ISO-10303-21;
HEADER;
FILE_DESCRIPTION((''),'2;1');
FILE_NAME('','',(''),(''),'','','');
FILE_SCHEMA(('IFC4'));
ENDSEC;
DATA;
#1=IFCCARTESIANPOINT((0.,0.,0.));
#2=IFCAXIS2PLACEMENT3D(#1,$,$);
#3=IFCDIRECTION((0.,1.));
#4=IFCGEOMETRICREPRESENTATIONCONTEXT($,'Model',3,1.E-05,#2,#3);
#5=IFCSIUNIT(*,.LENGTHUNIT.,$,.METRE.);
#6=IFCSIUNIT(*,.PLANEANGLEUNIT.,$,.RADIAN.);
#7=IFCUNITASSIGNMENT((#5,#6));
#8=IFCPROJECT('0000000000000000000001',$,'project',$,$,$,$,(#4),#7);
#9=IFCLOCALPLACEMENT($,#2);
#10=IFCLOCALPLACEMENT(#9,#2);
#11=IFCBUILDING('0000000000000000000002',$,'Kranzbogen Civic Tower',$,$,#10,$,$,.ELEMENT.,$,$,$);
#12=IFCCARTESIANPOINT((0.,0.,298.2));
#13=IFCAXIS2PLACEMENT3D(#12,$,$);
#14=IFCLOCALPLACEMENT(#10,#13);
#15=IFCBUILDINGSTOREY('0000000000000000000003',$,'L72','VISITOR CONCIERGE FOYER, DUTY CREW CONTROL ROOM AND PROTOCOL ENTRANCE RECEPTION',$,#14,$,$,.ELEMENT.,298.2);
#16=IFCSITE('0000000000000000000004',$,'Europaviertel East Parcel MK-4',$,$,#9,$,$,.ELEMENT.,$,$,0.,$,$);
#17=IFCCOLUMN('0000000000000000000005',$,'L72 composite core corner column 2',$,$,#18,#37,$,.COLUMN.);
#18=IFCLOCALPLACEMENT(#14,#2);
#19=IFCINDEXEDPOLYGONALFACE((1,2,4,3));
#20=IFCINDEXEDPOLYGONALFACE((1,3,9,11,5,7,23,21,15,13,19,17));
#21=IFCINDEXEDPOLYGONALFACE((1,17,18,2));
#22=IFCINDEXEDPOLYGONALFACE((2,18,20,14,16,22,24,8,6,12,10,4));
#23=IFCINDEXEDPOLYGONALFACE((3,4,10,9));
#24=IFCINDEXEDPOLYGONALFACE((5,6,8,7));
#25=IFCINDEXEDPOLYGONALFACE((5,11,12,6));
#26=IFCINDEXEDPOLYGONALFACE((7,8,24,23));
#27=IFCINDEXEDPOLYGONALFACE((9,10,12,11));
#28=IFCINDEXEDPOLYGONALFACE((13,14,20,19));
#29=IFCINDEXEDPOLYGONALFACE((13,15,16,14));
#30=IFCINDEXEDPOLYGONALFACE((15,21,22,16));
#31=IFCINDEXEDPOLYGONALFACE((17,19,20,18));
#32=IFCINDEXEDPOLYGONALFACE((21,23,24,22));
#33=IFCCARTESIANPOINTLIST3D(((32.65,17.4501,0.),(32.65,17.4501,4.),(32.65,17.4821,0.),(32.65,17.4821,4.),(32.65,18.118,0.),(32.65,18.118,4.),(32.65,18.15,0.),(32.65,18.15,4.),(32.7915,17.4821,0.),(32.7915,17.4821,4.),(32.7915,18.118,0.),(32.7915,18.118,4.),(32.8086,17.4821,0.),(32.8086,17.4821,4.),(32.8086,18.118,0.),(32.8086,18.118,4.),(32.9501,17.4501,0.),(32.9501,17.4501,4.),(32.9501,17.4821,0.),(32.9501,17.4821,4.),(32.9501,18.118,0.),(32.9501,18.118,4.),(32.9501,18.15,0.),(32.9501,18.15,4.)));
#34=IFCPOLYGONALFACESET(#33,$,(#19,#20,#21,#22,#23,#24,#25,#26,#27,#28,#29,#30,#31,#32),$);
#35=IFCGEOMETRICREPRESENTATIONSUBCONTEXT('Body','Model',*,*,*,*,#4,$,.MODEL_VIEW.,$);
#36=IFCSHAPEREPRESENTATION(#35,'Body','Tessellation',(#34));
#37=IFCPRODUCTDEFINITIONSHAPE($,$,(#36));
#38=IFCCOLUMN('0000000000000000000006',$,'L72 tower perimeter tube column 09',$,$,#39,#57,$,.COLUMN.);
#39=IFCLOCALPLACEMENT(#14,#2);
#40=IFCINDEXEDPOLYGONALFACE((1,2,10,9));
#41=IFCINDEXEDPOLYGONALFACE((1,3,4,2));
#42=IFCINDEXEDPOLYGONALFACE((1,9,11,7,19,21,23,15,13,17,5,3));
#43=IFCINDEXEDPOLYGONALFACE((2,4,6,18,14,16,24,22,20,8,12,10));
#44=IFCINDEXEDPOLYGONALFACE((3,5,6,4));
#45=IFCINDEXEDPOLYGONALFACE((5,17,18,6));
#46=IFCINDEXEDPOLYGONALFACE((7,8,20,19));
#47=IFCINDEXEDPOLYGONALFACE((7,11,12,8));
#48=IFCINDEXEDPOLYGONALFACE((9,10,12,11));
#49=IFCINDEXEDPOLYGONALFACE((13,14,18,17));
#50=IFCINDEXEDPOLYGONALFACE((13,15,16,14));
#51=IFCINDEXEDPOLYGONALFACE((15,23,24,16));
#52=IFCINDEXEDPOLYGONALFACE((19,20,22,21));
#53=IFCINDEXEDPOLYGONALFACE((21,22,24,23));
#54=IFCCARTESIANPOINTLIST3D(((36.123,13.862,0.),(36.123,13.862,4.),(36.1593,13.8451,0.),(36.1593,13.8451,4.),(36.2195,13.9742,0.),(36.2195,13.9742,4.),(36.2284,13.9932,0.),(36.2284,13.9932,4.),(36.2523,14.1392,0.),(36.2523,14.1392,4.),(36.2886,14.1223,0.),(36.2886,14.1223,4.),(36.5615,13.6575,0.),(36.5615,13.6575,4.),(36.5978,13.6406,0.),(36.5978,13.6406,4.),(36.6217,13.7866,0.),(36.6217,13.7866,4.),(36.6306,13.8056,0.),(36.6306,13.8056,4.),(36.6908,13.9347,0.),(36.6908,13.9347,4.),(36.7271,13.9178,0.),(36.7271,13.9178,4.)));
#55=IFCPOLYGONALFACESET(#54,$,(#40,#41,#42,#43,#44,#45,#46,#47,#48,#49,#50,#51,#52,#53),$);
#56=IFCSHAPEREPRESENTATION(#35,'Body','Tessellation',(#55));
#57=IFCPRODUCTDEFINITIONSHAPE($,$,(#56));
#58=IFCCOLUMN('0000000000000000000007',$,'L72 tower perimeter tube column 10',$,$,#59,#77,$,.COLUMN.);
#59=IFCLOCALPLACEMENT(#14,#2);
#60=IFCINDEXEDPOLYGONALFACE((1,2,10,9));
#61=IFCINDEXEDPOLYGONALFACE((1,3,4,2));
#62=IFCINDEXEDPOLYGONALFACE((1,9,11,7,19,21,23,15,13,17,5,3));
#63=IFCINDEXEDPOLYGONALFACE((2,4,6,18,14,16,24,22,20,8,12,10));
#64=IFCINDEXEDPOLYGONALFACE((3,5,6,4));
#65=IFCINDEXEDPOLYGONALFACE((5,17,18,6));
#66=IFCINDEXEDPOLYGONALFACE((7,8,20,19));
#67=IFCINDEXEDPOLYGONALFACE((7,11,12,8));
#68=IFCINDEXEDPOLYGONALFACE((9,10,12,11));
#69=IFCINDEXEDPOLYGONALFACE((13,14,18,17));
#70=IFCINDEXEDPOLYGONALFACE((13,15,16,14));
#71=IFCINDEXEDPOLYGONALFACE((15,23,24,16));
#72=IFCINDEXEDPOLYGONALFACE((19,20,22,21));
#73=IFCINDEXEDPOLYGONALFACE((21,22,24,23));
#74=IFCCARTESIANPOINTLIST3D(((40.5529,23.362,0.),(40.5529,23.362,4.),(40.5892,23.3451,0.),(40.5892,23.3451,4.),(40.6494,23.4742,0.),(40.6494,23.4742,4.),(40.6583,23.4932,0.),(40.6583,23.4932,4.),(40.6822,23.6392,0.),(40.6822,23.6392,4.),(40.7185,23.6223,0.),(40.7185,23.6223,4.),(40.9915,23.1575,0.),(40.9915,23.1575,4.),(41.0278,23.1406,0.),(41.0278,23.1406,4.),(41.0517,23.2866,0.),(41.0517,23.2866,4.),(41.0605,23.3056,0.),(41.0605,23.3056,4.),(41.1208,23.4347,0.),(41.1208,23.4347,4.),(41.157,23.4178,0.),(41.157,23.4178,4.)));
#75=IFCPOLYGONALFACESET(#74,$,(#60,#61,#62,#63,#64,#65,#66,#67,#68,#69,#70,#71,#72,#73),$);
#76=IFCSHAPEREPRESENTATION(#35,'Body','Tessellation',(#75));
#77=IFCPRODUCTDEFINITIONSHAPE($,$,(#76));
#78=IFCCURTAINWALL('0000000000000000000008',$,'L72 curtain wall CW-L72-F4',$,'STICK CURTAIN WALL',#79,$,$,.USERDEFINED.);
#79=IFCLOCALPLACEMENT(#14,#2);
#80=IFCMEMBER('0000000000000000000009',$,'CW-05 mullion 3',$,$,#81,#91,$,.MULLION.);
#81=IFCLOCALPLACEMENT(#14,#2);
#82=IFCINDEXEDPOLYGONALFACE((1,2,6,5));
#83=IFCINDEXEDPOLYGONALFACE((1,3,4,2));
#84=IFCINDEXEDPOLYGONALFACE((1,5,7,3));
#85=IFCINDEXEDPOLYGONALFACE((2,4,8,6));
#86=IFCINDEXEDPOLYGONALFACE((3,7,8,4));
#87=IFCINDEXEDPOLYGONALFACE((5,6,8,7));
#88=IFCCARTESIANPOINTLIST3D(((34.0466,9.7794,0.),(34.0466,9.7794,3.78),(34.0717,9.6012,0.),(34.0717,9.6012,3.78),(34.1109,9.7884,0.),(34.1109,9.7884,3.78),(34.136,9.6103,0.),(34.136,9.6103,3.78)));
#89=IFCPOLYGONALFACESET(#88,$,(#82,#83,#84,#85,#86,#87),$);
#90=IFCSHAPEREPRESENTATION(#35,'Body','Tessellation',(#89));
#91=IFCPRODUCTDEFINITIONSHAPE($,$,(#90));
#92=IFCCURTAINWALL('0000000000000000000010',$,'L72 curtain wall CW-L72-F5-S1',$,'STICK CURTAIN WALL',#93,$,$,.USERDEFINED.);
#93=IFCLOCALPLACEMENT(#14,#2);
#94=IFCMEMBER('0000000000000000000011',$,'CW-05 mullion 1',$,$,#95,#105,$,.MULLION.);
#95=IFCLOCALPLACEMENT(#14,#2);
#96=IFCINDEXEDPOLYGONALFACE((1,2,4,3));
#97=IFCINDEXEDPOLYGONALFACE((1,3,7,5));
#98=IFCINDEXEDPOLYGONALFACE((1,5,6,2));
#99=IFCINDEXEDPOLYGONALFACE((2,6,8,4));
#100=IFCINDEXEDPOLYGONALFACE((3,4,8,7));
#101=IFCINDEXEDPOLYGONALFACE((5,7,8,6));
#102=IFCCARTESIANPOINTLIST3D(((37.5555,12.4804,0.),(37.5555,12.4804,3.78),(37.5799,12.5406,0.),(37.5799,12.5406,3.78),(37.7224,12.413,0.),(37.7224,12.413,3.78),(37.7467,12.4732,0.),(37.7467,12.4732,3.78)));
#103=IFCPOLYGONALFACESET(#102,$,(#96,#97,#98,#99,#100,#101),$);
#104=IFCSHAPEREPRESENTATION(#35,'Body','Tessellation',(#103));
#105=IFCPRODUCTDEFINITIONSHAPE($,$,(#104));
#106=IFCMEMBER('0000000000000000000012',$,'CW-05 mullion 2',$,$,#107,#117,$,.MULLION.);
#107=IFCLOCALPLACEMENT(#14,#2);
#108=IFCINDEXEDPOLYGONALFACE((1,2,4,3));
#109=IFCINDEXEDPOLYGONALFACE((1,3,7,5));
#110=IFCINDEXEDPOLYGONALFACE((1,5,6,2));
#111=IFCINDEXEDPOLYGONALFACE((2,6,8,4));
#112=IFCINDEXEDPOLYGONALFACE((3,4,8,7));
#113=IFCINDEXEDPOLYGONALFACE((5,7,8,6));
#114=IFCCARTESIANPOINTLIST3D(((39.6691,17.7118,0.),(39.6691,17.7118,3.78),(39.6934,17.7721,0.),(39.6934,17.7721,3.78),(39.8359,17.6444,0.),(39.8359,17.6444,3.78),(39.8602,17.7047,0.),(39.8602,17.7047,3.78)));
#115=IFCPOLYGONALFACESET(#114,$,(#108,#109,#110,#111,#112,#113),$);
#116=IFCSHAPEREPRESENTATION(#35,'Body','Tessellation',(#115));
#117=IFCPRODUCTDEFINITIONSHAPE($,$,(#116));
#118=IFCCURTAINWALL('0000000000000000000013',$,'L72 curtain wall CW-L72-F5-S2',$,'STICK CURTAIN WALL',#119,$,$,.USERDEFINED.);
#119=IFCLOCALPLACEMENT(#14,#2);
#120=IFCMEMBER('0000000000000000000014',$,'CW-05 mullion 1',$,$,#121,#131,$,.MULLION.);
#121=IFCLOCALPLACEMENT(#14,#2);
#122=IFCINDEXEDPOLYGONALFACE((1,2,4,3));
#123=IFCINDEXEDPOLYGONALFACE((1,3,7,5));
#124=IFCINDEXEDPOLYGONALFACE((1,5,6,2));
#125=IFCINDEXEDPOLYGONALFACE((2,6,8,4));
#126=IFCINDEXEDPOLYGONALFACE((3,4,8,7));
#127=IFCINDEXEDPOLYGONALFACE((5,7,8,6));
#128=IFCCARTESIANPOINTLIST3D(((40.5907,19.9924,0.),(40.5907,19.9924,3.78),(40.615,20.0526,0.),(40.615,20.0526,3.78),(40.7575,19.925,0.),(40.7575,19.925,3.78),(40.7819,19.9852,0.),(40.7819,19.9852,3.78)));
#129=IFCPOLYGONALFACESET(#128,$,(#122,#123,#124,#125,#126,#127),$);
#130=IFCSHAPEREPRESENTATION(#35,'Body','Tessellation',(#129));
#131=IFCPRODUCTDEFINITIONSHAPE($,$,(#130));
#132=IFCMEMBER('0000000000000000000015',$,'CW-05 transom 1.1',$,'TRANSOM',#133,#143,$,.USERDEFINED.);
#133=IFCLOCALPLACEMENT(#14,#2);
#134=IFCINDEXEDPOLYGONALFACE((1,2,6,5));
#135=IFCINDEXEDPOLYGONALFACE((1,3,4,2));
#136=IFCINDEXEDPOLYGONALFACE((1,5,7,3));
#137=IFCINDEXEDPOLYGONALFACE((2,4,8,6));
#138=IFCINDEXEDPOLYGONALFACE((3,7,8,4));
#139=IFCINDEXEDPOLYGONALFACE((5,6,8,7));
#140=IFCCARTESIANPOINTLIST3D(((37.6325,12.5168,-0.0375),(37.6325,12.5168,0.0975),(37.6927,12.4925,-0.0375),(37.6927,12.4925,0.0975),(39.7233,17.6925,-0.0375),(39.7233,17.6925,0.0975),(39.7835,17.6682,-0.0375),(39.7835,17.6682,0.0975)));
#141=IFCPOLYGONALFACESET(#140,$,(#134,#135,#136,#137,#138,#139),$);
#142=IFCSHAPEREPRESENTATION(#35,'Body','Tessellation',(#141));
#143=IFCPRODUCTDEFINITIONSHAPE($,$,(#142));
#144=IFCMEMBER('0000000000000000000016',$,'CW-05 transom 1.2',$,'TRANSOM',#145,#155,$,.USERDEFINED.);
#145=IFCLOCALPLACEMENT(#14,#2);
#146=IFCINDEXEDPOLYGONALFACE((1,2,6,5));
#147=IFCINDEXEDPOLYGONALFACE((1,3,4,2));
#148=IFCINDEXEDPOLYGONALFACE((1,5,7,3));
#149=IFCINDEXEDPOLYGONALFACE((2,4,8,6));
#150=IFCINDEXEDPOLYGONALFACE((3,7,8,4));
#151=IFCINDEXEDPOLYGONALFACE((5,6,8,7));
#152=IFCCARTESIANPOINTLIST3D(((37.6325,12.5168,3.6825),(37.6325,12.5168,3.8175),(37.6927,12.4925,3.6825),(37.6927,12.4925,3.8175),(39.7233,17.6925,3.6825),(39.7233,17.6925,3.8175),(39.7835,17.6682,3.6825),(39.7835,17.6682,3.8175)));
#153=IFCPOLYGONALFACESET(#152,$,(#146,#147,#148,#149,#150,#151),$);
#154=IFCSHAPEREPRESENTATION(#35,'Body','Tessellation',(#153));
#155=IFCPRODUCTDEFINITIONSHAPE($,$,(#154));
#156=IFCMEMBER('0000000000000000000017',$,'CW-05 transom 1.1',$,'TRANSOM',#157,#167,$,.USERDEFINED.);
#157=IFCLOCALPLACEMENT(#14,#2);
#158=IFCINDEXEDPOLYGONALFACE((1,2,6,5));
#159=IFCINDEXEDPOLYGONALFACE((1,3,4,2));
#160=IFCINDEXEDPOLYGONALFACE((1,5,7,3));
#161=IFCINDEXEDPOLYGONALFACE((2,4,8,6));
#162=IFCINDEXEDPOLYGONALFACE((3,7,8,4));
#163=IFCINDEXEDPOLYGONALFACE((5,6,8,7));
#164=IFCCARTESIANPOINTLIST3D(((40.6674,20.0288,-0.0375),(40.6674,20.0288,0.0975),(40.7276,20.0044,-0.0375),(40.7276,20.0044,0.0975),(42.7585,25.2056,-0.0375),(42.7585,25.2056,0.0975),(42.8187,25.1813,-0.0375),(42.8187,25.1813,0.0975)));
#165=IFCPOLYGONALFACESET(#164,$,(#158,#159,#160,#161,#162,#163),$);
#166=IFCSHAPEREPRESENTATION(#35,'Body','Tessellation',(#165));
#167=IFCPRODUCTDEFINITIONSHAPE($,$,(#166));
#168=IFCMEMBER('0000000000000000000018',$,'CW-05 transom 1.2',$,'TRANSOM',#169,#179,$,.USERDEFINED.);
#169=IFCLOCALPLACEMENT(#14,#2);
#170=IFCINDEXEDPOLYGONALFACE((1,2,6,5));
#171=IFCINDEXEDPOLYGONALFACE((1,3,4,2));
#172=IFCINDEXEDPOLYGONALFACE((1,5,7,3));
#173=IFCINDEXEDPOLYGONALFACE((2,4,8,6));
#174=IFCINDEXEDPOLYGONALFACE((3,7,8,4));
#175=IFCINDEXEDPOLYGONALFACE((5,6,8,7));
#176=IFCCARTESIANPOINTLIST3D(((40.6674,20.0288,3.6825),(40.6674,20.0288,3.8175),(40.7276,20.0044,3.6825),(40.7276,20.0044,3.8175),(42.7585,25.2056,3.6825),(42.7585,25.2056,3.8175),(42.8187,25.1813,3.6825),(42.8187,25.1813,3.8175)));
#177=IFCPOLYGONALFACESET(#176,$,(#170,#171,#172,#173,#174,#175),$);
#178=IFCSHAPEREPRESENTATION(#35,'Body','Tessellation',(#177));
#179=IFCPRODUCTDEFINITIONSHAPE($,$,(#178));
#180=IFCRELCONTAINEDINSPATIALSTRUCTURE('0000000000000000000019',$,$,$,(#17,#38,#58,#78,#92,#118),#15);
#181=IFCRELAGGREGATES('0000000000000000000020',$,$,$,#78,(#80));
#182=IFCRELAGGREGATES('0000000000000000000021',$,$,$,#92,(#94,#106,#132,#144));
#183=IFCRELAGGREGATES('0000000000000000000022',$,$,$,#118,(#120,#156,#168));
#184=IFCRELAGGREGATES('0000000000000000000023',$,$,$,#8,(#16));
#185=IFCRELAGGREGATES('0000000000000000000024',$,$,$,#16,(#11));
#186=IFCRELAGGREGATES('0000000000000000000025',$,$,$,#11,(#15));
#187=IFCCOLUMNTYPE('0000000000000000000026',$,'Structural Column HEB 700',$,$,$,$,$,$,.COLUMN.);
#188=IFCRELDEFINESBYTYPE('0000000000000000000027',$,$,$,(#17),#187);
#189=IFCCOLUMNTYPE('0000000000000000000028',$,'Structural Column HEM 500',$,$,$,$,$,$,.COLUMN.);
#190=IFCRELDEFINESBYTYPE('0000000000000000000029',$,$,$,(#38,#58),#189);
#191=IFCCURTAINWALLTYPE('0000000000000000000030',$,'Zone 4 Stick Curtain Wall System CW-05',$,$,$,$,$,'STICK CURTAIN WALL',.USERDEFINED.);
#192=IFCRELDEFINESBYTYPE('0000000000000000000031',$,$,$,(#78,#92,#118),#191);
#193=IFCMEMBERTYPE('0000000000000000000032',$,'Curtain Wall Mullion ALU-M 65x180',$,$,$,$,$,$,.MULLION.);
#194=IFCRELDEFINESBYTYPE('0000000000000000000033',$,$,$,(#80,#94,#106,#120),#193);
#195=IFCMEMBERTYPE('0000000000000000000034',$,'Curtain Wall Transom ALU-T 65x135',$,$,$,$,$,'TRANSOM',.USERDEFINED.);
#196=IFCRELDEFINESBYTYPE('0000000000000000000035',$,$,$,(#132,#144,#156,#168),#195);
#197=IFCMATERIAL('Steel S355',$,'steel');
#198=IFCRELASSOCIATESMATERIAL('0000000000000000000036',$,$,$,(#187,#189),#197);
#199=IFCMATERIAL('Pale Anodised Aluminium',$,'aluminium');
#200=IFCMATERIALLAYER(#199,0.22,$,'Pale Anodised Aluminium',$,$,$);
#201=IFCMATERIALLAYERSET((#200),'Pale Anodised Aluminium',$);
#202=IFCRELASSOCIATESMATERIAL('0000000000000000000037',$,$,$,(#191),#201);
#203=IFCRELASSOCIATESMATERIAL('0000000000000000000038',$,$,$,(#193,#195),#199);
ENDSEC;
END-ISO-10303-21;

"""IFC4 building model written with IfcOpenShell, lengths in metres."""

from ifc_helpers import new_model, si_unit, direction, frame, origin, origin_2d, place, context, subcontext, project, spatial, rectangle, i_section, extrude, material, layer, layer_set, material_profile, profile_set, type_object, element, aggregate, save


model = new_model("IFC4")

# Units and contexts
model_context = context("Model", 3, precision=1e-05, world=origin(), true_north=direction((0.0, 1.0)))
body_context = subcontext(model_context, "Body", "Model", "MODEL_VIEW")
ifc_project = project(units=[si_unit("LENGTHUNIT", "METRE"), si_unit("PLANEANGLEUNIT", "RADIAN")], contexts=[model_context])

# Site, building, storey
site_placement = place(None, origin())
site = spatial("IfcSite", under=ifc_project, at=site_placement, Name="Europaviertel East Parcel MK-4", CompositionType="ELEMENT", RefElevation=0.0)
building_placement = place(site_placement, origin())
building = spatial("IfcBuilding", under=site, at=building_placement, Name="Kranzbogen Civic Tower", CompositionType="ELEMENT")
storey_placement = place(building_placement, frame((0.0, 0.0, 298.2)))
storey = spatial("IfcBuildingStorey", under=building, at=storey_placement, Name="L72", Description="VISITOR CONCIERGE FOYER, DUTY CREW CONTROL ROOM AND PROTOCOL ENTRANCE RECEPTION", CompositionType="ELEMENT", Elevation=298.2)

# Columns
ifc_material_1 = material(Name="Steel S355", Category="steel")
ifc_material_profile_1 = material_profile(ifc_material_1, i_section(OverallWidth=0.3, OverallDepth=0.7, WebThickness=0.0171, FlangeThickness=0.032, at=origin_2d()), Name="HEB 700")
ifc_profile_set_1 = profile_set([ifc_material_profile_1], Name="Steel S355")
column_type_1 = type_object("IfcColumnType", Name="Structural Column HEB 700", PredefinedType="COLUMN", material=ifc_profile_set_1)
column_placement = place(storey_placement, frame((32.8, 17.8, 0.0), z_axis=(0.0, 0.0, 1.0), x_axis=(1.0, 0.0, 0.0)))
element("IfcColumn", 1, at=column_placement, inside=storey, type_object=column_type_1, Name="L72 composite core corner column 2", PredefinedType="COLUMN", context=body_context, shape_type="SweptSolid", body=[
    extrude(i_section(OverallWidth=0.3, OverallDepth=0.7, WebThickness=0.0171, FlangeThickness=0.032, at=origin_2d()), origin(), (0.0, 0.0, 1.0), 4.0),
])
ifc_material_profile_2 = material_profile(ifc_material_1, i_section(OverallWidth=0.3059, OverallDepth=0.5239, WebThickness=0.021, FlangeThickness=0.04, at=origin_2d()), Name="HEM 500")
ifc_profile_set_2 = profile_set([ifc_material_profile_2], Name="Steel S355")
column_type_2 = type_object("IfcColumnType", Name="Structural Column HEM 500", PredefinedType="COLUMN", material=ifc_profile_set_2)
for number, where, z_axis, x_axis, name in (
    (2, (36.425, 13.8899, 0.0), (0.0, 0.0, 1.0), (0.422618, 0.906308, 0.0), "L72 tower perimeter tube column 09"),
    (3, (40.855, 23.3899, 0.0), (0.0, 0.0, 1.0), (0.422618, 0.906308, 0.0), "L72 tower perimeter tube column 10"),
):
    element("IfcColumn", number, at=place(storey_placement, frame(where, z_axis=z_axis, x_axis=x_axis)), inside=storey, type_object=column_type_2, Name=name, PredefinedType="COLUMN", context=body_context, shape_type="SweptSolid", body=[
        extrude(i_section(OverallWidth=0.3059, OverallDepth=0.5239, WebThickness=0.021, FlangeThickness=0.04, at=origin_2d()), origin(), (0.0, 0.0, 1.0), 4.0),
    ])

# Curtain wall, member
ifc_material_2 = material(Name="Pale Anodised Aluminium", Category="aluminium")
ifc_layer_1 = layer(ifc_material_2, 0.22, Name="Pale Anodised Aluminium")
ifc_layer_set_1 = layer_set([ifc_layer_1], Name="Pale Anodised Aluminium")
curtain_wall_type = type_object("IfcCurtainWallType", Name="Zone 4 Stick Curtain Wall System CW-05", ElementType="STICK CURTAIN WALL", PredefinedType="USERDEFINED", material=ifc_layer_set_1)
curtain_wall_1_placement = place(storey_placement, origin())
curtain_wall_1 = element("IfcCurtainWall", 4, at=curtain_wall_1_placement, inside=storey, type_object=curtain_wall_type, Name="L72 curtain wall CW-L72-F4", ObjectType="STICK CURTAIN WALL", PredefinedType="USERDEFINED")
ifc_material_profile_3 = material_profile(ifc_material_2, rectangle(XDim=0.0649, YDim=0.1799, at=origin_2d()), Name="ALU-M 65x180")
ifc_profile_set_3 = profile_set([ifc_material_profile_3], Name="Pale Anodised Aluminium")
member_type_1 = type_object("IfcMemberType", Name="Curtain Wall Mullion ALU-M 65x180", PredefinedType="MULLION", material=ifc_profile_set_3)
member_1_placement = place(storey_placement, frame((34.0913, 9.6948, 0.0), z_axis=(0.0, 0.0, 1.0), x_axis=(0.990271, 0.139149, 0.0)))
member_1 = element("IfcMember", 5, at=member_1_placement, type_object=member_type_1, Name="CW-05 mullion 3", PredefinedType="MULLION", context=body_context, shape_type="SweptSolid", body=[
    extrude(rectangle(XDim=0.0649, YDim=0.1799, at=origin_2d()), origin(), (0.0, 0.0, 1.0), 3.78),
])
aggregate(curtain_wall_1, [member_1])

# Curtain wall, members
curtain_wall_2_placement = place(storey_placement, origin())
curtain_wall_2 = element("IfcCurtainWall", 6, at=curtain_wall_2_placement, inside=storey, type_object=curtain_wall_type, Name="L72 curtain wall CW-L72-F5-S1", ObjectType="STICK CURTAIN WALL", PredefinedType="USERDEFINED")
member_2_placement = place(storey_placement, frame((37.6511, 12.4768, 0.0), z_axis=(0.0, 0.0, 1.0), x_axis=(0.374594, 0.927189, 0.0)))
member_2 = element("IfcMember", 7, at=member_2_placement, type_object=member_type_1, Name="CW-05 mullion 1", PredefinedType="MULLION", context=body_context, shape_type="SweptSolid", body=[
    extrude(rectangle(XDim=0.0649, YDim=0.1799, at=origin_2d()), origin(), (0.0, 0.0, 1.0), 3.78),
])
member_3_placement = place(storey_placement, frame((39.7646, 17.7083, 0.0), z_axis=(0.0, 0.0, 1.0), x_axis=(0.374594, 0.927189, 0.0)))
member_3 = element("IfcMember", 8, at=member_3_placement, type_object=member_type_1, Name="CW-05 mullion 2", PredefinedType="MULLION", context=body_context, shape_type="SweptSolid", body=[
    extrude(rectangle(XDim=0.0649, YDim=0.1799, at=origin_2d()), origin(), (0.0, 0.0, 1.0), 3.78),
])

# Curtain wall, member
curtain_wall_3_placement = place(storey_placement, origin())
curtain_wall_3 = element("IfcCurtainWall", 9, at=curtain_wall_3_placement, inside=storey, type_object=curtain_wall_type, Name="L72 curtain wall CW-L72-F5-S2", ObjectType="STICK CURTAIN WALL", PredefinedType="USERDEFINED")
member_4_placement = place(storey_placement, frame((40.6863, 19.9888, 0.0), z_axis=(0.0, 0.0, 1.0), x_axis=(0.374533, 0.927214, 0.0)))
member_4 = element("IfcMember", 10, at=member_4_placement, type_object=member_type_1, Name="CW-05 mullion 1", PredefinedType="MULLION", context=body_context, shape_type="SweptSolid", body=[
    extrude(rectangle(XDim=0.0649, YDim=0.1799, at=origin_2d()), origin(), (0.0, 0.0, 1.0), 3.78),
])

# Members
ifc_material_profile_4 = material_profile(ifc_material_2, rectangle(XDim=0.0649, YDim=0.135, at=origin_2d()), Name="ALU-T 65x135")
ifc_profile_set_4 = profile_set([ifc_material_profile_4], Name="Pale Anodised Aluminium")
member_type_2 = type_object("IfcMemberType", Name="Curtain Wall Transom ALU-T 65x135", ElementType="TRANSOM", PredefinedType="USERDEFINED", material=ifc_profile_set_4)
member_5_placement = place(storey_placement, frame((37.6626, 12.5046, 0.03), z_axis=(0.374556, 0.927204, 0.0), x_axis=(-0.927204, 0.374556, 0.0)))
member_5 = element("IfcMember", 11, at=member_5_placement, type_object=member_type_2, Name="CW-05 transom 1.1", ObjectType="TRANSOM", PredefinedType="USERDEFINED", context=body_context, shape_type="SweptSolid", body=[
    extrude(rectangle(XDim=0.0649, YDim=0.135, at=origin_2d()), origin(), (0.0, 0.0, 1.0), 5.582),
])
member_6_placement = place(storey_placement, frame((37.6626, 12.5046, 3.75), z_axis=(0.374556, 0.927204, 0.0), x_axis=(-0.927204, 0.374556, 0.0)))
member_6 = element("IfcMember", 12, at=member_6_placement, type_object=member_type_2, Name="CW-05 transom 1.2", ObjectType="TRANSOM", PredefinedType="USERDEFINED", context=body_context, shape_type="SweptSolid", body=[
    extrude(rectangle(XDim=0.0649, YDim=0.135, at=origin_2d()), origin(), (0.0, 0.0, 1.0), 5.582),
])
member_7_placement = place(storey_placement, frame((40.6975, 20.0166, 0.03), z_axis=(0.374532, 0.927214, 0.0), x_axis=(-0.927214, 0.374532, 0.0)))
member_7 = element("IfcMember", 13, at=member_7_placement, type_object=member_type_2, Name="CW-05 transom 1.1", ObjectType="TRANSOM", PredefinedType="USERDEFINED", context=body_context, shape_type="SweptSolid", body=[
    extrude(rectangle(XDim=0.0649, YDim=0.135, at=origin_2d()), origin(), (0.0, 0.0, 1.0), 5.5833),
])
member_8_placement = place(storey_placement, frame((40.6975, 20.0166, 3.75), z_axis=(0.374532, 0.927214, 0.0), x_axis=(-0.927214, 0.374532, 0.0)))
member_8 = element("IfcMember", 14, at=member_8_placement, type_object=member_type_2, Name="CW-05 transom 1.2", ObjectType="TRANSOM", PredefinedType="USERDEFINED", context=body_context, shape_type="SweptSolid", body=[
    extrude(rectangle(XDim=0.0649, YDim=0.135, at=origin_2d()), origin(), (0.0, 0.0, 1.0), 5.5833),
])

aggregate(curtain_wall_2, [member_2, member_3, member_5, member_6])
aggregate(curtain_wall_3, [member_4, member_7, member_8])

save(model, "model.ifc")
